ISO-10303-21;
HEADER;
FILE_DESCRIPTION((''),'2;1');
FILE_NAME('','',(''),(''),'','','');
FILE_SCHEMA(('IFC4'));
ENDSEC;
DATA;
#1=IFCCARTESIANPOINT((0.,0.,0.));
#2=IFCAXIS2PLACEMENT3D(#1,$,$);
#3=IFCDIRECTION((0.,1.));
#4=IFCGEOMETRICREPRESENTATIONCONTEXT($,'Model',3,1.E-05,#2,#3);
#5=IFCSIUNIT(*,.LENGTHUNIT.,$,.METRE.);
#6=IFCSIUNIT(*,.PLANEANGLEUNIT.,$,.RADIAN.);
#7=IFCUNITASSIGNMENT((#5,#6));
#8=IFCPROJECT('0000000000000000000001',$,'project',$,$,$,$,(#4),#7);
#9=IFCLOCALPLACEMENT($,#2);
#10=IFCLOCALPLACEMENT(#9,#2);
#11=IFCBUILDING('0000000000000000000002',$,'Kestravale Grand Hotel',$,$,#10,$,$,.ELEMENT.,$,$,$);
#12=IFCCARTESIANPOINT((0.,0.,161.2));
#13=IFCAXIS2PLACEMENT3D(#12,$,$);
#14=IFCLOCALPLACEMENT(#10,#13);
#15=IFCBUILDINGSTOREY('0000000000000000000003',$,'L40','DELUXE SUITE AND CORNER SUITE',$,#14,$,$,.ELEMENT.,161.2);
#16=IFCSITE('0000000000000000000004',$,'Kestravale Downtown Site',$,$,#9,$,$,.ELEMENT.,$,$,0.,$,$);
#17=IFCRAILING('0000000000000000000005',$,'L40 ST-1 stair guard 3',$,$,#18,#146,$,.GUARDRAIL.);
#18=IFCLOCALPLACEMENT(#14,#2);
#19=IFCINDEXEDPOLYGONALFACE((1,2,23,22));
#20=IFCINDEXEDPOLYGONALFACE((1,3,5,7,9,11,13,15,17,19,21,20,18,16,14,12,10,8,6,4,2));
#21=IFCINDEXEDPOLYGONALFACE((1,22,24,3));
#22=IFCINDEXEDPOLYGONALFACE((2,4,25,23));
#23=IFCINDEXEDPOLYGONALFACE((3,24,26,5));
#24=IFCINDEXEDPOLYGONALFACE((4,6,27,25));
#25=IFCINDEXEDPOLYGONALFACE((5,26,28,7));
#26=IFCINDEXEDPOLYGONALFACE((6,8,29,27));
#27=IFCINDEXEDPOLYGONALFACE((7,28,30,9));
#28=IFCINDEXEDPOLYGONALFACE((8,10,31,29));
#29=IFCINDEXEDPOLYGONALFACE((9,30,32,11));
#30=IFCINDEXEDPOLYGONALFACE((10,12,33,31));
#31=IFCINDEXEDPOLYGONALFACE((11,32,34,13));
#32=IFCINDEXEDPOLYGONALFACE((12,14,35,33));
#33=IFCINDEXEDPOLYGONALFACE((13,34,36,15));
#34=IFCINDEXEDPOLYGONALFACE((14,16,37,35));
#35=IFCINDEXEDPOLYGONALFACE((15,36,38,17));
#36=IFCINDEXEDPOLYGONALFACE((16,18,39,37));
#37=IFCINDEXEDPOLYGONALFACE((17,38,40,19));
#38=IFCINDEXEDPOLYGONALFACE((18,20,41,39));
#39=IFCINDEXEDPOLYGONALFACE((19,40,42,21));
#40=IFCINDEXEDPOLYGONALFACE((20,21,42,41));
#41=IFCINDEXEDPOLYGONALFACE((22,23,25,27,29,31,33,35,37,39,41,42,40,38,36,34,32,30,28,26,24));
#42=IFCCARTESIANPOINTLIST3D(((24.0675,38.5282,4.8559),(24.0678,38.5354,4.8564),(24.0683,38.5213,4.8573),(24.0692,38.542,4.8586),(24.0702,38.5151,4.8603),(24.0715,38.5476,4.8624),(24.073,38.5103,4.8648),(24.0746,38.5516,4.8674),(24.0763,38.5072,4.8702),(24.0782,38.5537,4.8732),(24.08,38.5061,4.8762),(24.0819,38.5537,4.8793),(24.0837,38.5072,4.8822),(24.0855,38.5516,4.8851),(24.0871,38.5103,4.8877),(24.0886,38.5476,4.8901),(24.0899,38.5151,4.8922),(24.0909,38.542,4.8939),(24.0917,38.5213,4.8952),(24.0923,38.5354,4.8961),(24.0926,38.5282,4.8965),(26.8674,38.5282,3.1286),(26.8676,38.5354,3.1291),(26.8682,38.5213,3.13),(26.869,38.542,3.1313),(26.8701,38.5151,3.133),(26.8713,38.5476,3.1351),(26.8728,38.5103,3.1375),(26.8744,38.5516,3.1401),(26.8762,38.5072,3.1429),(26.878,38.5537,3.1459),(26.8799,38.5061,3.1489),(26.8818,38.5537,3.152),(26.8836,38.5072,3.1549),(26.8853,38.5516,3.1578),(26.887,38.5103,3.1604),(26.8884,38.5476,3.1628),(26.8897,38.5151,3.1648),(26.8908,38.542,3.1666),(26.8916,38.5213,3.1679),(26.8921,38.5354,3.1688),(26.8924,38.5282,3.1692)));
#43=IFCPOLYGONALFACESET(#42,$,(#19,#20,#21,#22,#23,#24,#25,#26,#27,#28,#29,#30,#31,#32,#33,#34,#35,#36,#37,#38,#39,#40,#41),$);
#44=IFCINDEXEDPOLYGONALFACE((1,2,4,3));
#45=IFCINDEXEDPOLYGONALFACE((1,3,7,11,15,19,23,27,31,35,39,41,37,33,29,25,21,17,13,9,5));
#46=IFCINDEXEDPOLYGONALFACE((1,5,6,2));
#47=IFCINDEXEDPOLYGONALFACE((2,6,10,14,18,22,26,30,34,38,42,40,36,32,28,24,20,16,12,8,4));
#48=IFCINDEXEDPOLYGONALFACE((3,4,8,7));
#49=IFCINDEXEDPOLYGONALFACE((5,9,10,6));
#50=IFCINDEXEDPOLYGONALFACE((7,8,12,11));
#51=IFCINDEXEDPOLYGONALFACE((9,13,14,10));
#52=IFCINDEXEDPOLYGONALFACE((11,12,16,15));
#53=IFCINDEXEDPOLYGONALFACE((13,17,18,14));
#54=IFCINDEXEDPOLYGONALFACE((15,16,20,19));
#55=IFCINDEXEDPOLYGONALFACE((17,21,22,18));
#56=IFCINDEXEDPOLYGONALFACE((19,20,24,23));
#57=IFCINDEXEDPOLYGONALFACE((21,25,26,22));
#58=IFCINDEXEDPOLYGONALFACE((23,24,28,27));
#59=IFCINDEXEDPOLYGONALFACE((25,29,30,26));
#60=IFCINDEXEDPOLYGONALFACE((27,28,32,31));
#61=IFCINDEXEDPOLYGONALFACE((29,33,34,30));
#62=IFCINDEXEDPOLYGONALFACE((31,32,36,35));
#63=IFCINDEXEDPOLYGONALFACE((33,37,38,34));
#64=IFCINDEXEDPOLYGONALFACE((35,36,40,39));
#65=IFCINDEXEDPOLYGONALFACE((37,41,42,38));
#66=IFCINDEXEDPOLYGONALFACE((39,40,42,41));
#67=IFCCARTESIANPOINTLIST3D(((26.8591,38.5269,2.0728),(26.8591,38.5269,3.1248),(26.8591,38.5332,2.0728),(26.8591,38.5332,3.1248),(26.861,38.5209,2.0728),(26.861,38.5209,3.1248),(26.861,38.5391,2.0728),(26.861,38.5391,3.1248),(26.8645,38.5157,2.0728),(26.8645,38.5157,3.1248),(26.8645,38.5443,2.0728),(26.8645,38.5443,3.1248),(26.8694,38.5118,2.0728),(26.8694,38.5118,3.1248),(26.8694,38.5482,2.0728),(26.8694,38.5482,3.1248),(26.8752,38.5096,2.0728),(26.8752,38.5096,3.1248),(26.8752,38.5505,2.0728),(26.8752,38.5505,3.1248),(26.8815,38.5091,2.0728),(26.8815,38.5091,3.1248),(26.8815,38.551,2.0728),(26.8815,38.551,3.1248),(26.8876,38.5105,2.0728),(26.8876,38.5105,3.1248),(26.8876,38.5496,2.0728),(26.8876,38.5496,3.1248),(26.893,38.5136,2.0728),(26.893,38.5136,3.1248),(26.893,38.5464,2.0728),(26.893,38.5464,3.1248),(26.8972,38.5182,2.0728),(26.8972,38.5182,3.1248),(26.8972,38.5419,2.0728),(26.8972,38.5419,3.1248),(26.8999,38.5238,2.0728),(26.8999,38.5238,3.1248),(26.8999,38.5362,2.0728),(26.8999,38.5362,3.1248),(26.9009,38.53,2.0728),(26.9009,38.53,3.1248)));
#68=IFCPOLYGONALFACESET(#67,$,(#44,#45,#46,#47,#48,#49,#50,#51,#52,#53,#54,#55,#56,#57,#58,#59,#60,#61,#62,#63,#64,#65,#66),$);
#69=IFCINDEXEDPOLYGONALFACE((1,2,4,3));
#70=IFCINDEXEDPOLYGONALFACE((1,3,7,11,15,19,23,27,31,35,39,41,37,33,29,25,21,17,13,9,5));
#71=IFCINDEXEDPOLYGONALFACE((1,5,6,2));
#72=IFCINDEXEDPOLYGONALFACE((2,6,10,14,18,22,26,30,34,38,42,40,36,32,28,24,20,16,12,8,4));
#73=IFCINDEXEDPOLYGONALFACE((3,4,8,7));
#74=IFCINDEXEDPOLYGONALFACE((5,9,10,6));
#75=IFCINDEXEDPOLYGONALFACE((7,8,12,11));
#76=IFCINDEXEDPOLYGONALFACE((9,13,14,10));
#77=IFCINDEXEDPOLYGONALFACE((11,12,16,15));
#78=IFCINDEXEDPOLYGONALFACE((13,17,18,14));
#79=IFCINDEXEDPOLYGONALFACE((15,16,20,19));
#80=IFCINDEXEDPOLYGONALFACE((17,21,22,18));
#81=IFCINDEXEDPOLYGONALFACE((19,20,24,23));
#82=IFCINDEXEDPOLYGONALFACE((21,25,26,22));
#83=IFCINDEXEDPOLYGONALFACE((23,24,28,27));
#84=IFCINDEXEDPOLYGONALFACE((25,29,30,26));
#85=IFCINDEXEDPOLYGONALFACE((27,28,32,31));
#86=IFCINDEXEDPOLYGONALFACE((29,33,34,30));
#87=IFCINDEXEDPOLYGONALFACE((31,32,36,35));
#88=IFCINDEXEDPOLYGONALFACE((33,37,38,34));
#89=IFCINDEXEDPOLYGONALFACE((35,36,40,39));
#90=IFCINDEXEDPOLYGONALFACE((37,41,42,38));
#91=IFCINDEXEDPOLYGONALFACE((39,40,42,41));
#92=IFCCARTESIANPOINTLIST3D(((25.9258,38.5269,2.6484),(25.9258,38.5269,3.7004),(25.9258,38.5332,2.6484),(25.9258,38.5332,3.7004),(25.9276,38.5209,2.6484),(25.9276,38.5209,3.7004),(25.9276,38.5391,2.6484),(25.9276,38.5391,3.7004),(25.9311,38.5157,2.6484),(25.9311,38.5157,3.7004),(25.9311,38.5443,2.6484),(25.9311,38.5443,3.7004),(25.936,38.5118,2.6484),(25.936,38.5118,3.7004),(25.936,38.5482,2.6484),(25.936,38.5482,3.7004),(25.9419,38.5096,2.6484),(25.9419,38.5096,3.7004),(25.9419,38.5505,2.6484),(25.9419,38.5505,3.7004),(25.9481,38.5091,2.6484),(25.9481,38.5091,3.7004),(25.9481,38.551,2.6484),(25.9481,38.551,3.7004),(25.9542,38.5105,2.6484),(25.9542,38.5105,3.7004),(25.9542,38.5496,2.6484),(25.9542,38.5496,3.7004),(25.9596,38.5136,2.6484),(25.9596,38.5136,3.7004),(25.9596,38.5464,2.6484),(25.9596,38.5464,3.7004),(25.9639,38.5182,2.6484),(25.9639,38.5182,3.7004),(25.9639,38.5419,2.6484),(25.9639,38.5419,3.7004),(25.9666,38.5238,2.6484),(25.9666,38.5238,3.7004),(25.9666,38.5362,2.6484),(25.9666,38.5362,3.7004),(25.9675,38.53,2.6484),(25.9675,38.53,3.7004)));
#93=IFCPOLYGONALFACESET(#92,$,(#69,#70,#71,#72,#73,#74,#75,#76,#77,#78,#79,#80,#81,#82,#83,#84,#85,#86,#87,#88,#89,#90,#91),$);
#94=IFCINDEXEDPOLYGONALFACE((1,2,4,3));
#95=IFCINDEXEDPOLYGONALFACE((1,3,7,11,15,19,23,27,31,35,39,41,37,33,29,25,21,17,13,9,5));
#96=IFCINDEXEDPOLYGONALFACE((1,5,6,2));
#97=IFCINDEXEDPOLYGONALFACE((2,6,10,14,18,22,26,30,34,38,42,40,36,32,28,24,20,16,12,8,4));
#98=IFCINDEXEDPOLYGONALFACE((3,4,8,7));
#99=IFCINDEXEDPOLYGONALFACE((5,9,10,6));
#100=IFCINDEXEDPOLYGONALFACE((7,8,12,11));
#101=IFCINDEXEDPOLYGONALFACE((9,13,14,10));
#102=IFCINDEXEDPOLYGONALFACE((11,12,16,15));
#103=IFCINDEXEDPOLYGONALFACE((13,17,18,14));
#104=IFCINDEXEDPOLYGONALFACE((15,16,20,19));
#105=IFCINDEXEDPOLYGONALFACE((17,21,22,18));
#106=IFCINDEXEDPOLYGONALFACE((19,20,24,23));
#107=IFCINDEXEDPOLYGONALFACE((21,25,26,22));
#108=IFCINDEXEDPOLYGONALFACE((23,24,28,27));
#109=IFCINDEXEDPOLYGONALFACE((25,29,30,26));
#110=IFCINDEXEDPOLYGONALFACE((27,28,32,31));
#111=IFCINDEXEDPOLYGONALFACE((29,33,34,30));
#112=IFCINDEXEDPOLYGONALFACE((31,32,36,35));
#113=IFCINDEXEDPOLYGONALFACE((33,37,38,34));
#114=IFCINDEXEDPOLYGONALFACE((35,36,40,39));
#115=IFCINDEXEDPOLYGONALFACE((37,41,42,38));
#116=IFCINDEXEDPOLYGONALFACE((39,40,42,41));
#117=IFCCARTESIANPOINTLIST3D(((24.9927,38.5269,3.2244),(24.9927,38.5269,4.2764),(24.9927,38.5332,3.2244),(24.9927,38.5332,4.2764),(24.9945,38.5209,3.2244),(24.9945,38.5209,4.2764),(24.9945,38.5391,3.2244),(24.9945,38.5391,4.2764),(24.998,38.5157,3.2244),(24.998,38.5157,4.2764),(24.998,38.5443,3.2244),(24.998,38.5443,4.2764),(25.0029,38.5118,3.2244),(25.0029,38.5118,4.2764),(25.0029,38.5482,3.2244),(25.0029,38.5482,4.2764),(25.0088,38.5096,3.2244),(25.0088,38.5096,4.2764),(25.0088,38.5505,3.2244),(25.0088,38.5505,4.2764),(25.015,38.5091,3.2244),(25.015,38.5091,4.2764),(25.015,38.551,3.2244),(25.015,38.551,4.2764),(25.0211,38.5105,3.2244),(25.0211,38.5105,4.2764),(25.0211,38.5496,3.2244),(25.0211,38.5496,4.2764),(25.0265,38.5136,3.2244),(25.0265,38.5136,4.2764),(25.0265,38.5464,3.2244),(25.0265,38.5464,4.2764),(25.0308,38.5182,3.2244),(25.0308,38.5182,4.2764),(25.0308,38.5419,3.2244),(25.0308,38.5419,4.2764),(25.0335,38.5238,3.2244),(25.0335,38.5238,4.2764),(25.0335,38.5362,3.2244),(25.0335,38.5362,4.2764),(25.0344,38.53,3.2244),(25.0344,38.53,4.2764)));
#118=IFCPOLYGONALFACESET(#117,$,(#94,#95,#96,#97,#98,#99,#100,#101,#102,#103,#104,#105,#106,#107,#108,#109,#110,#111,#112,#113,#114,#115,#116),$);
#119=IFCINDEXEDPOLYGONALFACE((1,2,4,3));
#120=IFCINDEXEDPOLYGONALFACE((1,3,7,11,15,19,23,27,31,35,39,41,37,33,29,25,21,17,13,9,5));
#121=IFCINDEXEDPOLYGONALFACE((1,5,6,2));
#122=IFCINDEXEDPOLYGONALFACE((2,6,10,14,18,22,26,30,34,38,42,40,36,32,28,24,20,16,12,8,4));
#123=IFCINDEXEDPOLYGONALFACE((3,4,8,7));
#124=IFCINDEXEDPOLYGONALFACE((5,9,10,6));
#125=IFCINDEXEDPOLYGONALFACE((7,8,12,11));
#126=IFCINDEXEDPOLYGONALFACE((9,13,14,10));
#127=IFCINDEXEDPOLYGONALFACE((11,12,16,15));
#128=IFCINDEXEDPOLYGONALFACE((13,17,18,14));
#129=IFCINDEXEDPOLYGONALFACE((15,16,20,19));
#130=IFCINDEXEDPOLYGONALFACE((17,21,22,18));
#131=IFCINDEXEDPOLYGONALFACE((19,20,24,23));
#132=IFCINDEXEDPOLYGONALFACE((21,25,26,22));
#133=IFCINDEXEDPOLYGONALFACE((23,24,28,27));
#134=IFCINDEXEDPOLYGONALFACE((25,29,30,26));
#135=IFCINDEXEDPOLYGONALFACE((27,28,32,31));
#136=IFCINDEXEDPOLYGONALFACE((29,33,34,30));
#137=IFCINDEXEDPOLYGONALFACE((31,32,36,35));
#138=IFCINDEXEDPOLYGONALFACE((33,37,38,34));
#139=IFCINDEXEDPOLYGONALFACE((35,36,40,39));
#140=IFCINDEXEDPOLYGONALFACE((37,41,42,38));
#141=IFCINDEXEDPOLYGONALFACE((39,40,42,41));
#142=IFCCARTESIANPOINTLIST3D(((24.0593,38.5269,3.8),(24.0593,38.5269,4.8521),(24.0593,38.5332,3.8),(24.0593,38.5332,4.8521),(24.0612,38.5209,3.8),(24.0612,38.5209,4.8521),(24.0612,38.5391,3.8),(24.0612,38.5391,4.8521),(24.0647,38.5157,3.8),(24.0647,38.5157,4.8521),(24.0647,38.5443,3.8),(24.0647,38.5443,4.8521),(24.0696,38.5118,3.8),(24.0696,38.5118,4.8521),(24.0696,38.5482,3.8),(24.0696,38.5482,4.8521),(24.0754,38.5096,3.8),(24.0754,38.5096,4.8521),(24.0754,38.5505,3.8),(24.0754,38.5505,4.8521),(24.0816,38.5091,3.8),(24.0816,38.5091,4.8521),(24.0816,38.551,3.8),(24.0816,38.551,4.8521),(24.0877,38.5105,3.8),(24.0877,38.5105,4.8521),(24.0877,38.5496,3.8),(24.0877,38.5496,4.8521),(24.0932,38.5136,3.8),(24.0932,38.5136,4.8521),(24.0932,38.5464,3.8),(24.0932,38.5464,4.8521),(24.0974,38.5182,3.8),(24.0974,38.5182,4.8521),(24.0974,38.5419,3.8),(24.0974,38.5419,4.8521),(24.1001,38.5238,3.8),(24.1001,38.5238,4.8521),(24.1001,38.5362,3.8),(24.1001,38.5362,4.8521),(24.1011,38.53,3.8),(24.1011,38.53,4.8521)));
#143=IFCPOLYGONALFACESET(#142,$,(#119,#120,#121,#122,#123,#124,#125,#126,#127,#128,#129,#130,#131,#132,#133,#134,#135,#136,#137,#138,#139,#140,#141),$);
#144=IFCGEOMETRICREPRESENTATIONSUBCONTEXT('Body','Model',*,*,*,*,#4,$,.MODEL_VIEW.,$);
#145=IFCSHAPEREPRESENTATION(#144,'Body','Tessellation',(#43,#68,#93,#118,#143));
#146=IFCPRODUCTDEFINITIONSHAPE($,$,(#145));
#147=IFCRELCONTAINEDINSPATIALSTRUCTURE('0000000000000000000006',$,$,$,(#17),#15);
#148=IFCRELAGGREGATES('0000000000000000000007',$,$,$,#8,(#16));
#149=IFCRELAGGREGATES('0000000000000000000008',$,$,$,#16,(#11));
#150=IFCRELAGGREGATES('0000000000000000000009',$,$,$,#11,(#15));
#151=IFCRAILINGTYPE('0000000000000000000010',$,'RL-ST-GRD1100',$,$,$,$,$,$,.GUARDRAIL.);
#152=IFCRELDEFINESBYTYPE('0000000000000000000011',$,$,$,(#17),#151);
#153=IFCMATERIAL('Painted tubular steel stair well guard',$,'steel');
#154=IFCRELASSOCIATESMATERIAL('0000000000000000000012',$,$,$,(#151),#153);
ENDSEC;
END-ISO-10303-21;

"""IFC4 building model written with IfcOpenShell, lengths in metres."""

from ifc_helpers import new_model, si_unit, direction, frame, origin, origin_2d, place, context, subcontext, project, spatial, circle, extrude, material, type_object, element, save


model = new_model("IFC4")

# Units and contexts
model_context = context("Model", 3, precision=1e-05, world=origin(), true_north=direction((0.0, 1.0)))
body_context = subcontext(model_context, "Body", "Model", "MODEL_VIEW")
ifc_project = project(units=[si_unit("LENGTHUNIT", "METRE"), si_unit("PLANEANGLEUNIT", "RADIAN")], contexts=[model_context])

# Site, building, storey
site_placement = place(None, origin())
site = spatial("IfcSite", under=ifc_project, at=site_placement, Name="Kestravale Downtown Site", CompositionType="ELEMENT", RefElevation=0.0)
building_placement = place(site_placement, origin())
building = spatial("IfcBuilding", under=site, at=building_placement, Name="Kestravale Grand Hotel", CompositionType="ELEMENT")
storey_placement = place(building_placement, frame((0.0, 0.0, 161.2)))
storey = spatial("IfcBuildingStorey", under=building, at=storey_placement, Name="L40", Description="DELUXE SUITE AND CORNER SUITE", CompositionType="ELEMENT", Elevation=161.2)

# Railing
ifc_material_1 = material(Name="Painted tubular steel stair well guard", Category="steel")
railing_type_1 = type_object("IfcRailingType", Name="RL-ST-GRD1100", PredefinedType="GUARDRAIL", material=ifc_material_1)
railing_1_placement = place(storey_placement, frame((26.8799, 38.53, 2.0728)))
element("IfcRailing", 1, at=railing_1_placement, inside=storey, type_object=railing_type_1, Name="L40 ST-1 stair guard 3", PredefinedType="GUARDRAIL", context=body_context, shape_type="SweptSolid", body=[
    extrude(circle(Radius=0.0239, at=origin_2d()), frame((0.0, 0.0, 1.0762), z_axis=(-0.851069, 0.0, 0.525054), x_axis=(0.0, -1.0, 0.0)), (0.0, 0.0, 1.0), 3.2898),
    extrude(circle(Radius=0.021, at=origin_2d()), origin(), (0.0, 0.0, 1.0), 1.052),
    extrude(circle(Radius=0.021, at=origin_2d()), frame((-0.9333, 0.0, 0.5757)), (0.0, 0.0, 1.0), 1.052),
    extrude(circle(Radius=0.021, at=origin_2d()), frame((-1.8665, 0.0, 1.1516)), (0.0, 0.0, 1.0), 1.052),
    extrude(circle(Radius=0.021, at=origin_2d()), frame((-2.7998, 0.0, 1.7273)), (0.0, 0.0, 1.0), 1.052),
])

save(model, "model.ifc")
